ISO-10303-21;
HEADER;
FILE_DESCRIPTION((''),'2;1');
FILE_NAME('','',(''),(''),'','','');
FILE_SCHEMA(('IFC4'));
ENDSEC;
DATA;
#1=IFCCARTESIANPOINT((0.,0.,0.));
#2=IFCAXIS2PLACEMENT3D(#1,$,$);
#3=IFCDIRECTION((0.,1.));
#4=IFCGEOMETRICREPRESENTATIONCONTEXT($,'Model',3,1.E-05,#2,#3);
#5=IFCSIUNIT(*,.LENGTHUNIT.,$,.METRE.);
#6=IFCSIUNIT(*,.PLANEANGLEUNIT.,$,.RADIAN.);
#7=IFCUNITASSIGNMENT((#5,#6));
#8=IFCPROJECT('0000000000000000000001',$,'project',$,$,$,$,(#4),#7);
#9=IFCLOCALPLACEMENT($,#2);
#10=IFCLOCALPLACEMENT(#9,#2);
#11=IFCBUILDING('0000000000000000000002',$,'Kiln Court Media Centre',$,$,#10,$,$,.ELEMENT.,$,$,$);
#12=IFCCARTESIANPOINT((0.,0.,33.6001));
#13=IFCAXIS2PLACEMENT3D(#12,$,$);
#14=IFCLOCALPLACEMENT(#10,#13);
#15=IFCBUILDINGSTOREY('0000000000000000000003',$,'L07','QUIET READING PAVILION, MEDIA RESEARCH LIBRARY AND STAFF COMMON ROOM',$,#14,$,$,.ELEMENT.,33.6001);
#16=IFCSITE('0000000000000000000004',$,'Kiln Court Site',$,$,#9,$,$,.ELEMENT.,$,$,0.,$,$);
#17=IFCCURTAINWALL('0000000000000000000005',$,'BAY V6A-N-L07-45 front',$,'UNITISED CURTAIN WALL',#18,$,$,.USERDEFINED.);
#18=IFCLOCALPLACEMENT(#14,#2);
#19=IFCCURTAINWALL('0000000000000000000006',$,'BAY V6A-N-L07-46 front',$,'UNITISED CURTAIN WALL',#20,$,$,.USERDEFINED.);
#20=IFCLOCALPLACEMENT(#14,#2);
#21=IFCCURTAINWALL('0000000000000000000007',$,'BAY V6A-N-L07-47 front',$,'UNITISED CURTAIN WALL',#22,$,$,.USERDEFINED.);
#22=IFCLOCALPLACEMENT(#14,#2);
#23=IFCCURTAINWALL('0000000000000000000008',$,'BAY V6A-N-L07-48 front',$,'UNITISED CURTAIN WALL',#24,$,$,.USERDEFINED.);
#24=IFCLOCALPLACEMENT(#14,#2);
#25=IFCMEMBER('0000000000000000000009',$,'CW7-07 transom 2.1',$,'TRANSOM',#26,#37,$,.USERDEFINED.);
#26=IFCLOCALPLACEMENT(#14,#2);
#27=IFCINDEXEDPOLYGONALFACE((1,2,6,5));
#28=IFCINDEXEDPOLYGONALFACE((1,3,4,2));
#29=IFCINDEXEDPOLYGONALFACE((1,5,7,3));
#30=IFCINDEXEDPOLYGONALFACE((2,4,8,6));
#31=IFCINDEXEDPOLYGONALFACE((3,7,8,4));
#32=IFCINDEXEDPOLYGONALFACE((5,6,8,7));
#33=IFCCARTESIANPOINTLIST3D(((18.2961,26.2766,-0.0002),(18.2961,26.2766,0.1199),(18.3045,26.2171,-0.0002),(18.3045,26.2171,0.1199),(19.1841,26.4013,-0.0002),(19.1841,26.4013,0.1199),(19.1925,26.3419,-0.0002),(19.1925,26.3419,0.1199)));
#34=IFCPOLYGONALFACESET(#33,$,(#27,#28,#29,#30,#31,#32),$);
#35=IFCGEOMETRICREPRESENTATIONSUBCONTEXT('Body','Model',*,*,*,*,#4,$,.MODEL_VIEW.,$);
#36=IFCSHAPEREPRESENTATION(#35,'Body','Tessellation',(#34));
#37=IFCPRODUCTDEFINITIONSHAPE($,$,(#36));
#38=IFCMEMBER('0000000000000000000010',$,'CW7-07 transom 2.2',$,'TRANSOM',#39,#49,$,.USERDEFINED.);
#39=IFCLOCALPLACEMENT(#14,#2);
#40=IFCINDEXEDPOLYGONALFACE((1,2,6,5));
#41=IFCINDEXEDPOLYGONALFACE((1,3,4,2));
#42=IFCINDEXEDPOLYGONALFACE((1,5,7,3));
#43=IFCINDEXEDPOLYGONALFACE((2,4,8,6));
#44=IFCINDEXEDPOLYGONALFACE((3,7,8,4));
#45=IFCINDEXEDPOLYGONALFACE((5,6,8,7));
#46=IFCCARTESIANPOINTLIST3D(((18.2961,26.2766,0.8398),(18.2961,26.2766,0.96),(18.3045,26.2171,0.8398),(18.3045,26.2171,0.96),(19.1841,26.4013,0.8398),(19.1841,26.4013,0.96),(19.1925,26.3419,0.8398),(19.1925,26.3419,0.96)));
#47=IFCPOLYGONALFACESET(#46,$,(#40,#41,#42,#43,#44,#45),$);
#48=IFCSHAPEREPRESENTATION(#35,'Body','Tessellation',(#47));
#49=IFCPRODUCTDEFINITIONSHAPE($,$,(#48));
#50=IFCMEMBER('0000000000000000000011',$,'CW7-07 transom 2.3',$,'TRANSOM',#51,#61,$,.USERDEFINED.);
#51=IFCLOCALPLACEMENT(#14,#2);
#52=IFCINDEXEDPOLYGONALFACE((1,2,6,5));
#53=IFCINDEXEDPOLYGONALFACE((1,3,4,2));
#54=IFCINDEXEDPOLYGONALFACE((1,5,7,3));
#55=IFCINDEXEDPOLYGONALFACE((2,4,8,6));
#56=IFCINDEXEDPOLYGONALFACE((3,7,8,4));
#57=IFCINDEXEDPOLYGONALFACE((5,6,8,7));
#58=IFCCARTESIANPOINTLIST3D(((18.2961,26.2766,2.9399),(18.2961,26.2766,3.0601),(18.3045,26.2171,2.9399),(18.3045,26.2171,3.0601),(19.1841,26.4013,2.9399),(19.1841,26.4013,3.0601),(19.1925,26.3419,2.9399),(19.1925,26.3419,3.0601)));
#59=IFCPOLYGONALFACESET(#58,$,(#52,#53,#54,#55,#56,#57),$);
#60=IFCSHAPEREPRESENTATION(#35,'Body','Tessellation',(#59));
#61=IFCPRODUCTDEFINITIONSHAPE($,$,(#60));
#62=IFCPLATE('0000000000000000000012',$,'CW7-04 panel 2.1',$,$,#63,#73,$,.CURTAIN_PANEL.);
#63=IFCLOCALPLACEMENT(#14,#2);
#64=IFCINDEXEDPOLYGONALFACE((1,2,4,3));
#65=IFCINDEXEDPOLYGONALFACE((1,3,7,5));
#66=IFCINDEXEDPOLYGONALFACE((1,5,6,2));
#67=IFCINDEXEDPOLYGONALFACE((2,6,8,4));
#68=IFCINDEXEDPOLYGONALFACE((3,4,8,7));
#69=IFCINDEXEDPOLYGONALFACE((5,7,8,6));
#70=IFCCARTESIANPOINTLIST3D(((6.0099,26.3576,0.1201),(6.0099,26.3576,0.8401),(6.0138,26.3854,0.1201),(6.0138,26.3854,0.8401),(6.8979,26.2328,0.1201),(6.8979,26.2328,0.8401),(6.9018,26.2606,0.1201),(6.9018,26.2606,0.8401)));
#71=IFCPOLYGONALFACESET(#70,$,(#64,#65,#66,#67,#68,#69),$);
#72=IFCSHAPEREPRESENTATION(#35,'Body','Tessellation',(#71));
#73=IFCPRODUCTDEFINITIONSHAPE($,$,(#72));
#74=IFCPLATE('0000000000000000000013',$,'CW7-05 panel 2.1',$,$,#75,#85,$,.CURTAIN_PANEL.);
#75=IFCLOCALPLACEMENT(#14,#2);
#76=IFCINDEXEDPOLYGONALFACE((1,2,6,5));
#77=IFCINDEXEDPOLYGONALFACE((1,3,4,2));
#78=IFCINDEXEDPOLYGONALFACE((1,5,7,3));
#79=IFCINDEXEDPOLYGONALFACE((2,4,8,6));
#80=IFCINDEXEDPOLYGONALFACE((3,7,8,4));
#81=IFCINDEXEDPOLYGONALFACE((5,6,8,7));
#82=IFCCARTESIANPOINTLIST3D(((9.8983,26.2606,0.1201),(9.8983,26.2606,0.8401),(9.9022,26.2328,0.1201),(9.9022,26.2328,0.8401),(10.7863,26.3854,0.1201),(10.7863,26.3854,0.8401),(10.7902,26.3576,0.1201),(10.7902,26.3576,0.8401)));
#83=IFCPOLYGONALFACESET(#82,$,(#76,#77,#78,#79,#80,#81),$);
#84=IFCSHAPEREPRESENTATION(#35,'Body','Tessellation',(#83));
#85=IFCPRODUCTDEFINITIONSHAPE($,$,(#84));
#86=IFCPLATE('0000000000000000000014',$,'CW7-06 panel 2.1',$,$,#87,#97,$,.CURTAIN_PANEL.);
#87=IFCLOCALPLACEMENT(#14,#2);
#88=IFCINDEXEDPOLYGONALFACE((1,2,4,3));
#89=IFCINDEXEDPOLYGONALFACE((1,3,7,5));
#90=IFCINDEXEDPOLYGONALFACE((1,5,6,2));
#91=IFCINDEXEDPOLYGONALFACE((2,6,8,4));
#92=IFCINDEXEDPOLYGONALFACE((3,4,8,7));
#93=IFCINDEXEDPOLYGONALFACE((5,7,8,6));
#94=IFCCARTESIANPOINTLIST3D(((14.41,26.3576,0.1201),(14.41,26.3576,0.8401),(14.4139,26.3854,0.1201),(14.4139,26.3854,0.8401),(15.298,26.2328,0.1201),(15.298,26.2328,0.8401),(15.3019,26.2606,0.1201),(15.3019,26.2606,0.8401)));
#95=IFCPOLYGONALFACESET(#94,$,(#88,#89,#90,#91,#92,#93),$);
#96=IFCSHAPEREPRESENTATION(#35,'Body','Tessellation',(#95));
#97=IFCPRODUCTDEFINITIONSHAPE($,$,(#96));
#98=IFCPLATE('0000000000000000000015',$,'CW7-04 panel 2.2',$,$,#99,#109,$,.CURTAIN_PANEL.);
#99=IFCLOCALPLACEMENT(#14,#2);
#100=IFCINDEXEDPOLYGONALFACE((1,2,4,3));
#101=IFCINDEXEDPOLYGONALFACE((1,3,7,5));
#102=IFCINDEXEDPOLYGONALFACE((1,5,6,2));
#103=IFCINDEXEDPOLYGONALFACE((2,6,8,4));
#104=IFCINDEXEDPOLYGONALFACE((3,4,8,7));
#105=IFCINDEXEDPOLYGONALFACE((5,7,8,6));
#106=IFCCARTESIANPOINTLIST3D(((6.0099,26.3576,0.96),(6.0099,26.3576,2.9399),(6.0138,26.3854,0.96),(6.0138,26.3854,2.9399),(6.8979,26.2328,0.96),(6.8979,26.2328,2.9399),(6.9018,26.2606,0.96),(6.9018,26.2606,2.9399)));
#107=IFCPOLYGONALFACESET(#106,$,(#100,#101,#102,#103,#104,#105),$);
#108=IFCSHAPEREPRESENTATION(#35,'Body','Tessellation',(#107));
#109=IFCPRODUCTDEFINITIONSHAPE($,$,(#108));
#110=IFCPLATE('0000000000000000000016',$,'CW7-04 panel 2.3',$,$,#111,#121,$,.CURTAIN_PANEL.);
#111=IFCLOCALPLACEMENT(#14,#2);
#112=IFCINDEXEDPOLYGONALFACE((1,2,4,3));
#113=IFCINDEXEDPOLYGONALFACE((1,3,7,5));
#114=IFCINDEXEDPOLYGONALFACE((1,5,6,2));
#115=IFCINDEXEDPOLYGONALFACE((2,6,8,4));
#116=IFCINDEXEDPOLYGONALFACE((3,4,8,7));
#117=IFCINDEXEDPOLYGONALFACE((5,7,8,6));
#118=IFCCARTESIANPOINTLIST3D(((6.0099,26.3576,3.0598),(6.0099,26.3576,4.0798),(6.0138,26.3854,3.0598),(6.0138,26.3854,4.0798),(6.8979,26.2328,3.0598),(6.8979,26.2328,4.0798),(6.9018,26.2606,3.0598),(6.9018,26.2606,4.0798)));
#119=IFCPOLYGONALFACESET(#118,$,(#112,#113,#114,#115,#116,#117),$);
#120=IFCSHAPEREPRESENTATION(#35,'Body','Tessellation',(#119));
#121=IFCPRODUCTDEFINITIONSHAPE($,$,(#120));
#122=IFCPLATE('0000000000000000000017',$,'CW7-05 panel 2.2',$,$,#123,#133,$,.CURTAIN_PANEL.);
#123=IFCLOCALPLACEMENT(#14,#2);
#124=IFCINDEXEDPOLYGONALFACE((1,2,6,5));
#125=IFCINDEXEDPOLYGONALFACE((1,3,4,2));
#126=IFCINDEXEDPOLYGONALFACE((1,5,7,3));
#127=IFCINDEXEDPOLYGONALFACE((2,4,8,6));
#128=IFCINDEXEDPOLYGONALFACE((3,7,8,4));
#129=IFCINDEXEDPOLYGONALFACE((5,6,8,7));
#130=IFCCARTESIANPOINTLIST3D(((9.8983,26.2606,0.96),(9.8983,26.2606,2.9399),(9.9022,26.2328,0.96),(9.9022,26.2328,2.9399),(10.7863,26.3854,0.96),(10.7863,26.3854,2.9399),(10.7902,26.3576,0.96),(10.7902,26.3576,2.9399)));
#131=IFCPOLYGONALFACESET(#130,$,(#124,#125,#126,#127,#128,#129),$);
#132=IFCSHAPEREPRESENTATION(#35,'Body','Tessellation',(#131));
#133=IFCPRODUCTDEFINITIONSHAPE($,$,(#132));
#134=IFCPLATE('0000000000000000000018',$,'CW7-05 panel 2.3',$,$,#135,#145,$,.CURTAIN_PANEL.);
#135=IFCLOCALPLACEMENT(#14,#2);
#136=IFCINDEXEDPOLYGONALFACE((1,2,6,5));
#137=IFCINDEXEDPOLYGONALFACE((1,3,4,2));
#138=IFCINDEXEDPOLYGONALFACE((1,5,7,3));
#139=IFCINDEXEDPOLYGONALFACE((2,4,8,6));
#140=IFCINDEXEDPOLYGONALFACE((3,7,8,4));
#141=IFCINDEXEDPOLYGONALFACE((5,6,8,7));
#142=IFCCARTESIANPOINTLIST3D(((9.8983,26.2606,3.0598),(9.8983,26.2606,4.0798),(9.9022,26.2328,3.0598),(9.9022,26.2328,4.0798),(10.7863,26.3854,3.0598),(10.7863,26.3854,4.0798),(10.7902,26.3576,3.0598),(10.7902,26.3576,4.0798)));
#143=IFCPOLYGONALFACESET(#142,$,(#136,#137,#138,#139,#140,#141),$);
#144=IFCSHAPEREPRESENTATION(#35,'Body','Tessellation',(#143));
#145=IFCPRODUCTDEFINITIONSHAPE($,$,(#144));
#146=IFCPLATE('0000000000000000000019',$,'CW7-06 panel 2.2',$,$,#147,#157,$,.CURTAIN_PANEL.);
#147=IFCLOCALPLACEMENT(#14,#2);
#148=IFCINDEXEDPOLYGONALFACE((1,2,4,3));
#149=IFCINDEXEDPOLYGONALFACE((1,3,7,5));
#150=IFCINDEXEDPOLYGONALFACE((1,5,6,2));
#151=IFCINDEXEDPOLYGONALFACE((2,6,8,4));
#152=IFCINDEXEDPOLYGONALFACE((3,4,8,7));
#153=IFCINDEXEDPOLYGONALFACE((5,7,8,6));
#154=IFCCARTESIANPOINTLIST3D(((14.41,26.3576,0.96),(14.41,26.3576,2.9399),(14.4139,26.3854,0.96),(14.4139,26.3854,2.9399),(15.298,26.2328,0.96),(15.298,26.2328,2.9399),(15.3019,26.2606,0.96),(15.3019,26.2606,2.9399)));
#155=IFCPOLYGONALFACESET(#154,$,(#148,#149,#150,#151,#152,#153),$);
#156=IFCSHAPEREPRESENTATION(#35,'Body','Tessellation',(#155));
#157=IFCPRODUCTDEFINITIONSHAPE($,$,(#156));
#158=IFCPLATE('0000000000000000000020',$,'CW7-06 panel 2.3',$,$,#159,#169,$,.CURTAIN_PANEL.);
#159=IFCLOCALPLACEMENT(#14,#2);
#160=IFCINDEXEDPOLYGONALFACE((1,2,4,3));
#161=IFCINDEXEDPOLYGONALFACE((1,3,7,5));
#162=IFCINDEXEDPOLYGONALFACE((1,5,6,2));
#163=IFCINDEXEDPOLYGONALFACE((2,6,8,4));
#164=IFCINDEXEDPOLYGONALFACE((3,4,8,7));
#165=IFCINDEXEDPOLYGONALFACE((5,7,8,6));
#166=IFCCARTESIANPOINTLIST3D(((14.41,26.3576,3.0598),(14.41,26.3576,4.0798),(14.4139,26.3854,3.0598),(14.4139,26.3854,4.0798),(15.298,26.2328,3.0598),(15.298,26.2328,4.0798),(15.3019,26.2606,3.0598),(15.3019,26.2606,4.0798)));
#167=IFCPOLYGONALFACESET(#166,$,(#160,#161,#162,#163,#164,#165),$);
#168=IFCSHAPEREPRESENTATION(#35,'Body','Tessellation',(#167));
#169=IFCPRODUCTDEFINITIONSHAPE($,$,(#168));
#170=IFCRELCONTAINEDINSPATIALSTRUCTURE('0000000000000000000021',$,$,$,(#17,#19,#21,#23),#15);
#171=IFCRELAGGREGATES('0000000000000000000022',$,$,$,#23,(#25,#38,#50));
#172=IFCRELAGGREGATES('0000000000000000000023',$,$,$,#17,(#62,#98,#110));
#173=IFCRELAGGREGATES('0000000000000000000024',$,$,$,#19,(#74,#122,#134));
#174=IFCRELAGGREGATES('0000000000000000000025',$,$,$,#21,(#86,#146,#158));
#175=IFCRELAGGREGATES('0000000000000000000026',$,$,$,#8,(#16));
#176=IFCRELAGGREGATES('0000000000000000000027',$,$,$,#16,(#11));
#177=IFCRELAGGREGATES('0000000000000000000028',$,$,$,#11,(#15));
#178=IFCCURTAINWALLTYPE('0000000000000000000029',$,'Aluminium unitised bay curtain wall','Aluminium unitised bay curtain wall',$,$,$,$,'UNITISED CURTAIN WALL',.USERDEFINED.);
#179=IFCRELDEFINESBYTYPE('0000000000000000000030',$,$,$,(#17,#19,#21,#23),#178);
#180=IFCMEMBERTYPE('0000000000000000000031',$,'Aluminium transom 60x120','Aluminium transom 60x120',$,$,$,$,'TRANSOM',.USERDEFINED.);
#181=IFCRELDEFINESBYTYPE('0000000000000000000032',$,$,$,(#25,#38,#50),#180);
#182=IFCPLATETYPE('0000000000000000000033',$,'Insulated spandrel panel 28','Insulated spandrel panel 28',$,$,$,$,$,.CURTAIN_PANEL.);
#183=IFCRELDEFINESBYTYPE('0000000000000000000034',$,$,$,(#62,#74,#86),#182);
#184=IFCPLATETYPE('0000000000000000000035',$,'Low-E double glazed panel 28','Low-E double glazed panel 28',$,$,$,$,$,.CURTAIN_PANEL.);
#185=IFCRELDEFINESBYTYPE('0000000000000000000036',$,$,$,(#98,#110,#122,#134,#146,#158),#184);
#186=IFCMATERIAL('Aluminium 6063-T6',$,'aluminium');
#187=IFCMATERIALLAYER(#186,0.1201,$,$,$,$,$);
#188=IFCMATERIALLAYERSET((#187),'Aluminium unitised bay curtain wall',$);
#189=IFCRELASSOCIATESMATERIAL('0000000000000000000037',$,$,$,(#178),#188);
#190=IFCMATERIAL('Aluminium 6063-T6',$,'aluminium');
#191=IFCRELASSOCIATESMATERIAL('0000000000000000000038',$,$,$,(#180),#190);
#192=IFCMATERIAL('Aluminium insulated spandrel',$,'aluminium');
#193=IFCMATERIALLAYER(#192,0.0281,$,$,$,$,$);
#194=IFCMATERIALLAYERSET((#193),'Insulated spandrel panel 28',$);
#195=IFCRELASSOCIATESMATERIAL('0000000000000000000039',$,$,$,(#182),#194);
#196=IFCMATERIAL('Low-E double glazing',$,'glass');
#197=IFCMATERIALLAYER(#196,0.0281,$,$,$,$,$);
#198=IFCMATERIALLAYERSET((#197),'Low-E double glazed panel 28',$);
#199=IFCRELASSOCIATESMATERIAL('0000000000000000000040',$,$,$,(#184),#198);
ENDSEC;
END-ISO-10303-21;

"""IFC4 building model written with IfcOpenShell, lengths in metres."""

from ifc_helpers import new_model, si_unit, direction, frame, origin, origin_2d, place, context, subcontext, project, spatial, rectangle, extrude, material, layer, layer_set, material_profile, profile_set, type_object, element, aggregate, save


model = new_model("IFC4")

# Units and contexts
model_context = context("Model", 3, precision=1e-05, world=origin(), true_north=direction((0.0, 1.0)))
body_context = subcontext(model_context, "Body", "Model", "MODEL_VIEW")
ifc_project = project(units=[si_unit("LENGTHUNIT", "METRE"), si_unit("PLANEANGLEUNIT", "RADIAN")], contexts=[model_context])

# Site, building, storey
site_placement = place(None, origin())
site = spatial("IfcSite", under=ifc_project, at=site_placement, Name="Kiln Court Site", CompositionType="ELEMENT", RefElevation=0.0)
building_placement = place(site_placement, origin())
building = spatial("IfcBuilding", under=site, at=building_placement, Name="Kiln Court Media Centre", CompositionType="ELEMENT")
storey_placement = place(building_placement, frame((0.0, 0.0, 33.6001)))
storey = spatial("IfcBuildingStorey", under=building, at=storey_placement, Name="L07", Description="QUIET READING PAVILION, MEDIA RESEARCH LIBRARY AND STAFF COMMON ROOM", CompositionType="ELEMENT", Elevation=33.6001)

# Curtain walls
ifc_material_1 = material(Name="Aluminium 6063-T6", Category="aluminium")
ifc_layer_1 = layer(ifc_material_1, 0.1201)
ifc_layer_set_1 = layer_set([ifc_layer_1], Name="Aluminium unitised bay curtain wall")
curtain_wall_type = type_object("IfcCurtainWallType", Name="Aluminium unitised bay curtain wall", Description="Aluminium unitised bay curtain wall", ElementType="UNITISED CURTAIN WALL", PredefinedType="USERDEFINED", material=ifc_layer_set_1)
curtain_wall_1_placement = place(storey_placement, origin())
curtain_wall_1 = element("IfcCurtainWall", 1, at=curtain_wall_1_placement, inside=storey, type_object=curtain_wall_type, Name="BAY V6A-N-L07-45 front", ObjectType="UNITISED CURTAIN WALL", PredefinedType="USERDEFINED")
curtain_wall_2_placement = place(storey_placement, origin())
curtain_wall_2 = element("IfcCurtainWall", 2, at=curtain_wall_2_placement, inside=storey, type_object=curtain_wall_type, Name="BAY V6A-N-L07-46 front", ObjectType="UNITISED CURTAIN WALL", PredefinedType="USERDEFINED")
curtain_wall_3_placement = place(storey_placement, origin())
curtain_wall_3 = element("IfcCurtainWall", 3, at=curtain_wall_3_placement, inside=storey, type_object=curtain_wall_type, Name="BAY V6A-N-L07-47 front", ObjectType="UNITISED CURTAIN WALL", PredefinedType="USERDEFINED")

# Curtain wall
curtain_wall_4_placement = place(storey_placement, origin())
curtain_wall_4 = element("IfcCurtainWall", 4, at=curtain_wall_4_placement, inside=storey, type_object=curtain_wall_type, Name="BAY V6A-N-L07-48 front", ObjectType="UNITISED CURTAIN WALL", PredefinedType="USERDEFINED")

# Members
ifc_material_2 = material(Name="Aluminium 6063-T6", Category="aluminium")
ifc_material_profile_1 = material_profile(ifc_material_2, rectangle(XDim=0.0601, YDim=0.1201, at=origin_2d()), Name="Aluminium transom 60x120")
ifc_profile_set_1 = profile_set([ifc_material_profile_1], Name="Aluminium 6063-T6")
member_type_1 = type_object("IfcMemberType", Name="Aluminium transom 60x120", Description="Aluminium transom 60x120", ElementType="TRANSOM", PredefinedType="USERDEFINED", material=ifc_profile_set_1)
member_1_placement = place(storey_placement, frame((18.3003, 26.2468, 0.0598), z_axis=(0.990274, 0.139134, 0.0), x_axis=(-0.139134, 0.990274, 0.0)))
member_1 = element("IfcMember", 5, at=member_1_placement, type_object=member_type_1, Name="CW7-07 transom 2.1", ObjectType="TRANSOM", PredefinedType="USERDEFINED", context=body_context, shape_type="SweptSolid", body=[
    extrude(rectangle(XDim=0.0601, YDim=0.1201, at=origin_2d()), origin(), (0.0, 0.0, 1.0), 0.8967),
])
member_2_placement = place(storey_placement, frame((18.3003, 26.2468, 0.8999), z_axis=(0.990274, 0.139134, 0.0), x_axis=(-0.139134, 0.990274, 0.0)))
member_2 = element("IfcMember", 6, at=member_2_placement, type_object=member_type_1, Name="CW7-07 transom 2.2", ObjectType="TRANSOM", PredefinedType="USERDEFINED", context=body_context, shape_type="SweptSolid", body=[
    extrude(rectangle(XDim=0.0601, YDim=0.1201, at=origin_2d()), origin(), (0.0, 0.0, 1.0), 0.8967),
])
member_3_placement = place(storey_placement, frame((18.3003, 26.2468, 3.0), z_axis=(0.990274, 0.139134, 0.0), x_axis=(-0.139134, 0.990274, 0.0)))
member_3 = element("IfcMember", 7, at=member_3_placement, type_object=member_type_1, Name="CW7-07 transom 2.3", ObjectType="TRANSOM", PredefinedType="USERDEFINED", context=body_context, shape_type="SweptSolid", body=[
    extrude(rectangle(XDim=0.0601, YDim=0.1201, at=origin_2d()), origin(), (0.0, 0.0, 1.0), 0.8967),
])
aggregate(curtain_wall_4, [member_1, member_2, member_3])

# Plates
ifc_material_3 = material(Name="Aluminium insulated spandrel", Category="aluminium")
ifc_layer_2 = layer(ifc_material_3, 0.0281)
ifc_layer_set_2 = layer_set([ifc_layer_2], Name="Insulated spandrel panel 28")
plate_type_1 = type_object("IfcPlateType", Name="Insulated spandrel panel 28", Description="Insulated spandrel panel 28", PredefinedType="CURTAIN_PANEL", material=ifc_layer_set_2)
plate_1_placement = place(storey_placement, frame((6.4558, 26.3091, 0.1201), z_axis=(0.0, 0.0, 1.0), x_axis=(0.99027, -0.139162, 0.0)))
plate_1 = element("IfcPlate", 8, at=plate_1_placement, type_object=plate_type_1, Name="CW7-04 panel 2.1", PredefinedType="CURTAIN_PANEL", context=body_context, shape_type="SweptSolid", body=[
    extrude(rectangle(XDim=0.8967, YDim=0.0281, at=origin_2d()), origin(), (0.0, 0.0, 1.0), 0.72),
])
plate_2_placement = place(storey_placement, frame((10.3442, 26.3091, 0.1201), z_axis=(0.0, 0.0, 1.0), x_axis=(0.99027, 0.139162, 0.0)))
plate_2 = element("IfcPlate", 9, at=plate_2_placement, type_object=plate_type_1, Name="CW7-05 panel 2.1", PredefinedType="CURTAIN_PANEL", context=body_context, shape_type="SweptSolid", body=[
    extrude(rectangle(XDim=0.8967, YDim=0.0281, at=origin_2d()), origin(), (0.0, 0.0, 1.0), 0.72),
])
plate_3_placement = place(storey_placement, frame((14.856, 26.3091, 0.1201), z_axis=(0.0, 0.0, 1.0), x_axis=(0.99027, -0.139162, 0.0)))
plate_3 = element("IfcPlate", 10, at=plate_3_placement, type_object=plate_type_1, Name="CW7-06 panel 2.1", PredefinedType="CURTAIN_PANEL", context=body_context, shape_type="SweptSolid", body=[
    extrude(rectangle(XDim=0.8967, YDim=0.0281, at=origin_2d()), origin(), (0.0, 0.0, 1.0), 0.72),
])
ifc_material_4 = material(Name="Low-E double glazing", Category="glass")
ifc_layer_3 = layer(ifc_material_4, 0.0281)
ifc_layer_set_3 = layer_set([ifc_layer_3], Name="Low-E double glazed panel 28")
plate_type_2 = type_object("IfcPlateType", Name="Low-E double glazed panel 28", Description="Low-E double glazed panel 28", PredefinedType="CURTAIN_PANEL", material=ifc_layer_set_3)
plate_4_placement = place(storey_placement, frame((6.4558, 26.3091, 0.96), z_axis=(0.0, 0.0, 1.0), x_axis=(0.99027, -0.139162, 0.0)))
plate_4 = element("IfcPlate", 11, at=plate_4_placement, type_object=plate_type_2, Name="CW7-04 panel 2.2", PredefinedType="CURTAIN_PANEL", context=body_context, shape_type="SweptSolid", body=[
    extrude(rectangle(XDim=0.8967, YDim=0.0281, at=origin_2d()), origin(), (0.0, 0.0, 1.0), 1.98),
])
plate_5_placement = place(storey_placement, frame((6.4558, 26.3091, 3.0598), z_axis=(0.0, 0.0, 1.0), x_axis=(0.99027, -0.139162, 0.0)))
plate_5 = element("IfcPlate", 12, at=plate_5_placement, type_object=plate_type_2, Name="CW7-04 panel 2.3", PredefinedType="CURTAIN_PANEL", context=body_context, shape_type="SweptSolid", body=[
    extrude(rectangle(XDim=0.8967, YDim=0.0281, at=origin_2d()), origin(), (0.0, 0.0, 1.0), 1.02),
])
aggregate(curtain_wall_1, [plate_1, plate_4, plate_5])
plate_6_placement = place(storey_placement, frame((10.3442, 26.3091, 0.96), z_axis=(0.0, 0.0, 1.0), x_axis=(0.99027, 0.139162, 0.0)))
plate_6 = element("IfcPlate", 13, at=plate_6_placement, type_object=plate_type_2, Name="CW7-05 panel 2.2", PredefinedType="CURTAIN_PANEL", context=body_context, shape_type="SweptSolid", body=[
    extrude(rectangle(XDim=0.8967, YDim=0.0281, at=origin_2d()), origin(), (0.0, 0.0, 1.0), 1.98),
])
plate_7_placement = place(storey_placement, frame((10.3442, 26.3091, 3.0598), z_axis=(0.0, 0.0, 1.0), x_axis=(0.99027, 0.139162, 0.0)))
plate_7 = element("IfcPlate", 14, at=plate_7_placement, type_object=plate_type_2, Name="CW7-05 panel 2.3", PredefinedType="CURTAIN_PANEL", context=body_context, shape_type="SweptSolid", body=[
    extrude(rectangle(XDim=0.8967, YDim=0.0281, at=origin_2d()), origin(), (0.0, 0.0, 1.0), 1.02),
])
aggregate(curtain_wall_2, [plate_2, plate_6, plate_7])
plate_8_placement = place(storey_placement, frame((14.856, 26.3091, 0.96), z_axis=(0.0, 0.0, 1.0), x_axis=(0.99027, -0.139162, 0.0)))
plate_8 = element("IfcPlate", 15, at=plate_8_placement, type_object=plate_type_2, Name="CW7-06 panel 2.2", PredefinedType="CURTAIN_PANEL", context=body_context, shape_type="SweptSolid", body=[
    extrude(rectangle(XDim=0.8967, YDim=0.0281, at=origin_2d()), origin(), (0.0, 0.0, 1.0), 1.98),
])
plate_9_placement = place(storey_placement, frame((14.856, 26.3091, 3.0598), z_axis=(0.0, 0.0, 1.0), x_axis=(0.99027, -0.139162, 0.0)))
plate_9 = element("IfcPlate", 16, at=plate_9_placement, type_object=plate_type_2, Name="CW7-06 panel 2.3", PredefinedType="CURTAIN_PANEL", context=body_context, shape_type="SweptSolid", body=[
    extrude(rectangle(XDim=0.8967, YDim=0.0281, at=origin_2d()), origin(), (0.0, 0.0, 1.0), 1.02),
])
aggregate(curtain_wall_3, [plate_3, plate_8, plate_9])

save(model, "model.ifc")
